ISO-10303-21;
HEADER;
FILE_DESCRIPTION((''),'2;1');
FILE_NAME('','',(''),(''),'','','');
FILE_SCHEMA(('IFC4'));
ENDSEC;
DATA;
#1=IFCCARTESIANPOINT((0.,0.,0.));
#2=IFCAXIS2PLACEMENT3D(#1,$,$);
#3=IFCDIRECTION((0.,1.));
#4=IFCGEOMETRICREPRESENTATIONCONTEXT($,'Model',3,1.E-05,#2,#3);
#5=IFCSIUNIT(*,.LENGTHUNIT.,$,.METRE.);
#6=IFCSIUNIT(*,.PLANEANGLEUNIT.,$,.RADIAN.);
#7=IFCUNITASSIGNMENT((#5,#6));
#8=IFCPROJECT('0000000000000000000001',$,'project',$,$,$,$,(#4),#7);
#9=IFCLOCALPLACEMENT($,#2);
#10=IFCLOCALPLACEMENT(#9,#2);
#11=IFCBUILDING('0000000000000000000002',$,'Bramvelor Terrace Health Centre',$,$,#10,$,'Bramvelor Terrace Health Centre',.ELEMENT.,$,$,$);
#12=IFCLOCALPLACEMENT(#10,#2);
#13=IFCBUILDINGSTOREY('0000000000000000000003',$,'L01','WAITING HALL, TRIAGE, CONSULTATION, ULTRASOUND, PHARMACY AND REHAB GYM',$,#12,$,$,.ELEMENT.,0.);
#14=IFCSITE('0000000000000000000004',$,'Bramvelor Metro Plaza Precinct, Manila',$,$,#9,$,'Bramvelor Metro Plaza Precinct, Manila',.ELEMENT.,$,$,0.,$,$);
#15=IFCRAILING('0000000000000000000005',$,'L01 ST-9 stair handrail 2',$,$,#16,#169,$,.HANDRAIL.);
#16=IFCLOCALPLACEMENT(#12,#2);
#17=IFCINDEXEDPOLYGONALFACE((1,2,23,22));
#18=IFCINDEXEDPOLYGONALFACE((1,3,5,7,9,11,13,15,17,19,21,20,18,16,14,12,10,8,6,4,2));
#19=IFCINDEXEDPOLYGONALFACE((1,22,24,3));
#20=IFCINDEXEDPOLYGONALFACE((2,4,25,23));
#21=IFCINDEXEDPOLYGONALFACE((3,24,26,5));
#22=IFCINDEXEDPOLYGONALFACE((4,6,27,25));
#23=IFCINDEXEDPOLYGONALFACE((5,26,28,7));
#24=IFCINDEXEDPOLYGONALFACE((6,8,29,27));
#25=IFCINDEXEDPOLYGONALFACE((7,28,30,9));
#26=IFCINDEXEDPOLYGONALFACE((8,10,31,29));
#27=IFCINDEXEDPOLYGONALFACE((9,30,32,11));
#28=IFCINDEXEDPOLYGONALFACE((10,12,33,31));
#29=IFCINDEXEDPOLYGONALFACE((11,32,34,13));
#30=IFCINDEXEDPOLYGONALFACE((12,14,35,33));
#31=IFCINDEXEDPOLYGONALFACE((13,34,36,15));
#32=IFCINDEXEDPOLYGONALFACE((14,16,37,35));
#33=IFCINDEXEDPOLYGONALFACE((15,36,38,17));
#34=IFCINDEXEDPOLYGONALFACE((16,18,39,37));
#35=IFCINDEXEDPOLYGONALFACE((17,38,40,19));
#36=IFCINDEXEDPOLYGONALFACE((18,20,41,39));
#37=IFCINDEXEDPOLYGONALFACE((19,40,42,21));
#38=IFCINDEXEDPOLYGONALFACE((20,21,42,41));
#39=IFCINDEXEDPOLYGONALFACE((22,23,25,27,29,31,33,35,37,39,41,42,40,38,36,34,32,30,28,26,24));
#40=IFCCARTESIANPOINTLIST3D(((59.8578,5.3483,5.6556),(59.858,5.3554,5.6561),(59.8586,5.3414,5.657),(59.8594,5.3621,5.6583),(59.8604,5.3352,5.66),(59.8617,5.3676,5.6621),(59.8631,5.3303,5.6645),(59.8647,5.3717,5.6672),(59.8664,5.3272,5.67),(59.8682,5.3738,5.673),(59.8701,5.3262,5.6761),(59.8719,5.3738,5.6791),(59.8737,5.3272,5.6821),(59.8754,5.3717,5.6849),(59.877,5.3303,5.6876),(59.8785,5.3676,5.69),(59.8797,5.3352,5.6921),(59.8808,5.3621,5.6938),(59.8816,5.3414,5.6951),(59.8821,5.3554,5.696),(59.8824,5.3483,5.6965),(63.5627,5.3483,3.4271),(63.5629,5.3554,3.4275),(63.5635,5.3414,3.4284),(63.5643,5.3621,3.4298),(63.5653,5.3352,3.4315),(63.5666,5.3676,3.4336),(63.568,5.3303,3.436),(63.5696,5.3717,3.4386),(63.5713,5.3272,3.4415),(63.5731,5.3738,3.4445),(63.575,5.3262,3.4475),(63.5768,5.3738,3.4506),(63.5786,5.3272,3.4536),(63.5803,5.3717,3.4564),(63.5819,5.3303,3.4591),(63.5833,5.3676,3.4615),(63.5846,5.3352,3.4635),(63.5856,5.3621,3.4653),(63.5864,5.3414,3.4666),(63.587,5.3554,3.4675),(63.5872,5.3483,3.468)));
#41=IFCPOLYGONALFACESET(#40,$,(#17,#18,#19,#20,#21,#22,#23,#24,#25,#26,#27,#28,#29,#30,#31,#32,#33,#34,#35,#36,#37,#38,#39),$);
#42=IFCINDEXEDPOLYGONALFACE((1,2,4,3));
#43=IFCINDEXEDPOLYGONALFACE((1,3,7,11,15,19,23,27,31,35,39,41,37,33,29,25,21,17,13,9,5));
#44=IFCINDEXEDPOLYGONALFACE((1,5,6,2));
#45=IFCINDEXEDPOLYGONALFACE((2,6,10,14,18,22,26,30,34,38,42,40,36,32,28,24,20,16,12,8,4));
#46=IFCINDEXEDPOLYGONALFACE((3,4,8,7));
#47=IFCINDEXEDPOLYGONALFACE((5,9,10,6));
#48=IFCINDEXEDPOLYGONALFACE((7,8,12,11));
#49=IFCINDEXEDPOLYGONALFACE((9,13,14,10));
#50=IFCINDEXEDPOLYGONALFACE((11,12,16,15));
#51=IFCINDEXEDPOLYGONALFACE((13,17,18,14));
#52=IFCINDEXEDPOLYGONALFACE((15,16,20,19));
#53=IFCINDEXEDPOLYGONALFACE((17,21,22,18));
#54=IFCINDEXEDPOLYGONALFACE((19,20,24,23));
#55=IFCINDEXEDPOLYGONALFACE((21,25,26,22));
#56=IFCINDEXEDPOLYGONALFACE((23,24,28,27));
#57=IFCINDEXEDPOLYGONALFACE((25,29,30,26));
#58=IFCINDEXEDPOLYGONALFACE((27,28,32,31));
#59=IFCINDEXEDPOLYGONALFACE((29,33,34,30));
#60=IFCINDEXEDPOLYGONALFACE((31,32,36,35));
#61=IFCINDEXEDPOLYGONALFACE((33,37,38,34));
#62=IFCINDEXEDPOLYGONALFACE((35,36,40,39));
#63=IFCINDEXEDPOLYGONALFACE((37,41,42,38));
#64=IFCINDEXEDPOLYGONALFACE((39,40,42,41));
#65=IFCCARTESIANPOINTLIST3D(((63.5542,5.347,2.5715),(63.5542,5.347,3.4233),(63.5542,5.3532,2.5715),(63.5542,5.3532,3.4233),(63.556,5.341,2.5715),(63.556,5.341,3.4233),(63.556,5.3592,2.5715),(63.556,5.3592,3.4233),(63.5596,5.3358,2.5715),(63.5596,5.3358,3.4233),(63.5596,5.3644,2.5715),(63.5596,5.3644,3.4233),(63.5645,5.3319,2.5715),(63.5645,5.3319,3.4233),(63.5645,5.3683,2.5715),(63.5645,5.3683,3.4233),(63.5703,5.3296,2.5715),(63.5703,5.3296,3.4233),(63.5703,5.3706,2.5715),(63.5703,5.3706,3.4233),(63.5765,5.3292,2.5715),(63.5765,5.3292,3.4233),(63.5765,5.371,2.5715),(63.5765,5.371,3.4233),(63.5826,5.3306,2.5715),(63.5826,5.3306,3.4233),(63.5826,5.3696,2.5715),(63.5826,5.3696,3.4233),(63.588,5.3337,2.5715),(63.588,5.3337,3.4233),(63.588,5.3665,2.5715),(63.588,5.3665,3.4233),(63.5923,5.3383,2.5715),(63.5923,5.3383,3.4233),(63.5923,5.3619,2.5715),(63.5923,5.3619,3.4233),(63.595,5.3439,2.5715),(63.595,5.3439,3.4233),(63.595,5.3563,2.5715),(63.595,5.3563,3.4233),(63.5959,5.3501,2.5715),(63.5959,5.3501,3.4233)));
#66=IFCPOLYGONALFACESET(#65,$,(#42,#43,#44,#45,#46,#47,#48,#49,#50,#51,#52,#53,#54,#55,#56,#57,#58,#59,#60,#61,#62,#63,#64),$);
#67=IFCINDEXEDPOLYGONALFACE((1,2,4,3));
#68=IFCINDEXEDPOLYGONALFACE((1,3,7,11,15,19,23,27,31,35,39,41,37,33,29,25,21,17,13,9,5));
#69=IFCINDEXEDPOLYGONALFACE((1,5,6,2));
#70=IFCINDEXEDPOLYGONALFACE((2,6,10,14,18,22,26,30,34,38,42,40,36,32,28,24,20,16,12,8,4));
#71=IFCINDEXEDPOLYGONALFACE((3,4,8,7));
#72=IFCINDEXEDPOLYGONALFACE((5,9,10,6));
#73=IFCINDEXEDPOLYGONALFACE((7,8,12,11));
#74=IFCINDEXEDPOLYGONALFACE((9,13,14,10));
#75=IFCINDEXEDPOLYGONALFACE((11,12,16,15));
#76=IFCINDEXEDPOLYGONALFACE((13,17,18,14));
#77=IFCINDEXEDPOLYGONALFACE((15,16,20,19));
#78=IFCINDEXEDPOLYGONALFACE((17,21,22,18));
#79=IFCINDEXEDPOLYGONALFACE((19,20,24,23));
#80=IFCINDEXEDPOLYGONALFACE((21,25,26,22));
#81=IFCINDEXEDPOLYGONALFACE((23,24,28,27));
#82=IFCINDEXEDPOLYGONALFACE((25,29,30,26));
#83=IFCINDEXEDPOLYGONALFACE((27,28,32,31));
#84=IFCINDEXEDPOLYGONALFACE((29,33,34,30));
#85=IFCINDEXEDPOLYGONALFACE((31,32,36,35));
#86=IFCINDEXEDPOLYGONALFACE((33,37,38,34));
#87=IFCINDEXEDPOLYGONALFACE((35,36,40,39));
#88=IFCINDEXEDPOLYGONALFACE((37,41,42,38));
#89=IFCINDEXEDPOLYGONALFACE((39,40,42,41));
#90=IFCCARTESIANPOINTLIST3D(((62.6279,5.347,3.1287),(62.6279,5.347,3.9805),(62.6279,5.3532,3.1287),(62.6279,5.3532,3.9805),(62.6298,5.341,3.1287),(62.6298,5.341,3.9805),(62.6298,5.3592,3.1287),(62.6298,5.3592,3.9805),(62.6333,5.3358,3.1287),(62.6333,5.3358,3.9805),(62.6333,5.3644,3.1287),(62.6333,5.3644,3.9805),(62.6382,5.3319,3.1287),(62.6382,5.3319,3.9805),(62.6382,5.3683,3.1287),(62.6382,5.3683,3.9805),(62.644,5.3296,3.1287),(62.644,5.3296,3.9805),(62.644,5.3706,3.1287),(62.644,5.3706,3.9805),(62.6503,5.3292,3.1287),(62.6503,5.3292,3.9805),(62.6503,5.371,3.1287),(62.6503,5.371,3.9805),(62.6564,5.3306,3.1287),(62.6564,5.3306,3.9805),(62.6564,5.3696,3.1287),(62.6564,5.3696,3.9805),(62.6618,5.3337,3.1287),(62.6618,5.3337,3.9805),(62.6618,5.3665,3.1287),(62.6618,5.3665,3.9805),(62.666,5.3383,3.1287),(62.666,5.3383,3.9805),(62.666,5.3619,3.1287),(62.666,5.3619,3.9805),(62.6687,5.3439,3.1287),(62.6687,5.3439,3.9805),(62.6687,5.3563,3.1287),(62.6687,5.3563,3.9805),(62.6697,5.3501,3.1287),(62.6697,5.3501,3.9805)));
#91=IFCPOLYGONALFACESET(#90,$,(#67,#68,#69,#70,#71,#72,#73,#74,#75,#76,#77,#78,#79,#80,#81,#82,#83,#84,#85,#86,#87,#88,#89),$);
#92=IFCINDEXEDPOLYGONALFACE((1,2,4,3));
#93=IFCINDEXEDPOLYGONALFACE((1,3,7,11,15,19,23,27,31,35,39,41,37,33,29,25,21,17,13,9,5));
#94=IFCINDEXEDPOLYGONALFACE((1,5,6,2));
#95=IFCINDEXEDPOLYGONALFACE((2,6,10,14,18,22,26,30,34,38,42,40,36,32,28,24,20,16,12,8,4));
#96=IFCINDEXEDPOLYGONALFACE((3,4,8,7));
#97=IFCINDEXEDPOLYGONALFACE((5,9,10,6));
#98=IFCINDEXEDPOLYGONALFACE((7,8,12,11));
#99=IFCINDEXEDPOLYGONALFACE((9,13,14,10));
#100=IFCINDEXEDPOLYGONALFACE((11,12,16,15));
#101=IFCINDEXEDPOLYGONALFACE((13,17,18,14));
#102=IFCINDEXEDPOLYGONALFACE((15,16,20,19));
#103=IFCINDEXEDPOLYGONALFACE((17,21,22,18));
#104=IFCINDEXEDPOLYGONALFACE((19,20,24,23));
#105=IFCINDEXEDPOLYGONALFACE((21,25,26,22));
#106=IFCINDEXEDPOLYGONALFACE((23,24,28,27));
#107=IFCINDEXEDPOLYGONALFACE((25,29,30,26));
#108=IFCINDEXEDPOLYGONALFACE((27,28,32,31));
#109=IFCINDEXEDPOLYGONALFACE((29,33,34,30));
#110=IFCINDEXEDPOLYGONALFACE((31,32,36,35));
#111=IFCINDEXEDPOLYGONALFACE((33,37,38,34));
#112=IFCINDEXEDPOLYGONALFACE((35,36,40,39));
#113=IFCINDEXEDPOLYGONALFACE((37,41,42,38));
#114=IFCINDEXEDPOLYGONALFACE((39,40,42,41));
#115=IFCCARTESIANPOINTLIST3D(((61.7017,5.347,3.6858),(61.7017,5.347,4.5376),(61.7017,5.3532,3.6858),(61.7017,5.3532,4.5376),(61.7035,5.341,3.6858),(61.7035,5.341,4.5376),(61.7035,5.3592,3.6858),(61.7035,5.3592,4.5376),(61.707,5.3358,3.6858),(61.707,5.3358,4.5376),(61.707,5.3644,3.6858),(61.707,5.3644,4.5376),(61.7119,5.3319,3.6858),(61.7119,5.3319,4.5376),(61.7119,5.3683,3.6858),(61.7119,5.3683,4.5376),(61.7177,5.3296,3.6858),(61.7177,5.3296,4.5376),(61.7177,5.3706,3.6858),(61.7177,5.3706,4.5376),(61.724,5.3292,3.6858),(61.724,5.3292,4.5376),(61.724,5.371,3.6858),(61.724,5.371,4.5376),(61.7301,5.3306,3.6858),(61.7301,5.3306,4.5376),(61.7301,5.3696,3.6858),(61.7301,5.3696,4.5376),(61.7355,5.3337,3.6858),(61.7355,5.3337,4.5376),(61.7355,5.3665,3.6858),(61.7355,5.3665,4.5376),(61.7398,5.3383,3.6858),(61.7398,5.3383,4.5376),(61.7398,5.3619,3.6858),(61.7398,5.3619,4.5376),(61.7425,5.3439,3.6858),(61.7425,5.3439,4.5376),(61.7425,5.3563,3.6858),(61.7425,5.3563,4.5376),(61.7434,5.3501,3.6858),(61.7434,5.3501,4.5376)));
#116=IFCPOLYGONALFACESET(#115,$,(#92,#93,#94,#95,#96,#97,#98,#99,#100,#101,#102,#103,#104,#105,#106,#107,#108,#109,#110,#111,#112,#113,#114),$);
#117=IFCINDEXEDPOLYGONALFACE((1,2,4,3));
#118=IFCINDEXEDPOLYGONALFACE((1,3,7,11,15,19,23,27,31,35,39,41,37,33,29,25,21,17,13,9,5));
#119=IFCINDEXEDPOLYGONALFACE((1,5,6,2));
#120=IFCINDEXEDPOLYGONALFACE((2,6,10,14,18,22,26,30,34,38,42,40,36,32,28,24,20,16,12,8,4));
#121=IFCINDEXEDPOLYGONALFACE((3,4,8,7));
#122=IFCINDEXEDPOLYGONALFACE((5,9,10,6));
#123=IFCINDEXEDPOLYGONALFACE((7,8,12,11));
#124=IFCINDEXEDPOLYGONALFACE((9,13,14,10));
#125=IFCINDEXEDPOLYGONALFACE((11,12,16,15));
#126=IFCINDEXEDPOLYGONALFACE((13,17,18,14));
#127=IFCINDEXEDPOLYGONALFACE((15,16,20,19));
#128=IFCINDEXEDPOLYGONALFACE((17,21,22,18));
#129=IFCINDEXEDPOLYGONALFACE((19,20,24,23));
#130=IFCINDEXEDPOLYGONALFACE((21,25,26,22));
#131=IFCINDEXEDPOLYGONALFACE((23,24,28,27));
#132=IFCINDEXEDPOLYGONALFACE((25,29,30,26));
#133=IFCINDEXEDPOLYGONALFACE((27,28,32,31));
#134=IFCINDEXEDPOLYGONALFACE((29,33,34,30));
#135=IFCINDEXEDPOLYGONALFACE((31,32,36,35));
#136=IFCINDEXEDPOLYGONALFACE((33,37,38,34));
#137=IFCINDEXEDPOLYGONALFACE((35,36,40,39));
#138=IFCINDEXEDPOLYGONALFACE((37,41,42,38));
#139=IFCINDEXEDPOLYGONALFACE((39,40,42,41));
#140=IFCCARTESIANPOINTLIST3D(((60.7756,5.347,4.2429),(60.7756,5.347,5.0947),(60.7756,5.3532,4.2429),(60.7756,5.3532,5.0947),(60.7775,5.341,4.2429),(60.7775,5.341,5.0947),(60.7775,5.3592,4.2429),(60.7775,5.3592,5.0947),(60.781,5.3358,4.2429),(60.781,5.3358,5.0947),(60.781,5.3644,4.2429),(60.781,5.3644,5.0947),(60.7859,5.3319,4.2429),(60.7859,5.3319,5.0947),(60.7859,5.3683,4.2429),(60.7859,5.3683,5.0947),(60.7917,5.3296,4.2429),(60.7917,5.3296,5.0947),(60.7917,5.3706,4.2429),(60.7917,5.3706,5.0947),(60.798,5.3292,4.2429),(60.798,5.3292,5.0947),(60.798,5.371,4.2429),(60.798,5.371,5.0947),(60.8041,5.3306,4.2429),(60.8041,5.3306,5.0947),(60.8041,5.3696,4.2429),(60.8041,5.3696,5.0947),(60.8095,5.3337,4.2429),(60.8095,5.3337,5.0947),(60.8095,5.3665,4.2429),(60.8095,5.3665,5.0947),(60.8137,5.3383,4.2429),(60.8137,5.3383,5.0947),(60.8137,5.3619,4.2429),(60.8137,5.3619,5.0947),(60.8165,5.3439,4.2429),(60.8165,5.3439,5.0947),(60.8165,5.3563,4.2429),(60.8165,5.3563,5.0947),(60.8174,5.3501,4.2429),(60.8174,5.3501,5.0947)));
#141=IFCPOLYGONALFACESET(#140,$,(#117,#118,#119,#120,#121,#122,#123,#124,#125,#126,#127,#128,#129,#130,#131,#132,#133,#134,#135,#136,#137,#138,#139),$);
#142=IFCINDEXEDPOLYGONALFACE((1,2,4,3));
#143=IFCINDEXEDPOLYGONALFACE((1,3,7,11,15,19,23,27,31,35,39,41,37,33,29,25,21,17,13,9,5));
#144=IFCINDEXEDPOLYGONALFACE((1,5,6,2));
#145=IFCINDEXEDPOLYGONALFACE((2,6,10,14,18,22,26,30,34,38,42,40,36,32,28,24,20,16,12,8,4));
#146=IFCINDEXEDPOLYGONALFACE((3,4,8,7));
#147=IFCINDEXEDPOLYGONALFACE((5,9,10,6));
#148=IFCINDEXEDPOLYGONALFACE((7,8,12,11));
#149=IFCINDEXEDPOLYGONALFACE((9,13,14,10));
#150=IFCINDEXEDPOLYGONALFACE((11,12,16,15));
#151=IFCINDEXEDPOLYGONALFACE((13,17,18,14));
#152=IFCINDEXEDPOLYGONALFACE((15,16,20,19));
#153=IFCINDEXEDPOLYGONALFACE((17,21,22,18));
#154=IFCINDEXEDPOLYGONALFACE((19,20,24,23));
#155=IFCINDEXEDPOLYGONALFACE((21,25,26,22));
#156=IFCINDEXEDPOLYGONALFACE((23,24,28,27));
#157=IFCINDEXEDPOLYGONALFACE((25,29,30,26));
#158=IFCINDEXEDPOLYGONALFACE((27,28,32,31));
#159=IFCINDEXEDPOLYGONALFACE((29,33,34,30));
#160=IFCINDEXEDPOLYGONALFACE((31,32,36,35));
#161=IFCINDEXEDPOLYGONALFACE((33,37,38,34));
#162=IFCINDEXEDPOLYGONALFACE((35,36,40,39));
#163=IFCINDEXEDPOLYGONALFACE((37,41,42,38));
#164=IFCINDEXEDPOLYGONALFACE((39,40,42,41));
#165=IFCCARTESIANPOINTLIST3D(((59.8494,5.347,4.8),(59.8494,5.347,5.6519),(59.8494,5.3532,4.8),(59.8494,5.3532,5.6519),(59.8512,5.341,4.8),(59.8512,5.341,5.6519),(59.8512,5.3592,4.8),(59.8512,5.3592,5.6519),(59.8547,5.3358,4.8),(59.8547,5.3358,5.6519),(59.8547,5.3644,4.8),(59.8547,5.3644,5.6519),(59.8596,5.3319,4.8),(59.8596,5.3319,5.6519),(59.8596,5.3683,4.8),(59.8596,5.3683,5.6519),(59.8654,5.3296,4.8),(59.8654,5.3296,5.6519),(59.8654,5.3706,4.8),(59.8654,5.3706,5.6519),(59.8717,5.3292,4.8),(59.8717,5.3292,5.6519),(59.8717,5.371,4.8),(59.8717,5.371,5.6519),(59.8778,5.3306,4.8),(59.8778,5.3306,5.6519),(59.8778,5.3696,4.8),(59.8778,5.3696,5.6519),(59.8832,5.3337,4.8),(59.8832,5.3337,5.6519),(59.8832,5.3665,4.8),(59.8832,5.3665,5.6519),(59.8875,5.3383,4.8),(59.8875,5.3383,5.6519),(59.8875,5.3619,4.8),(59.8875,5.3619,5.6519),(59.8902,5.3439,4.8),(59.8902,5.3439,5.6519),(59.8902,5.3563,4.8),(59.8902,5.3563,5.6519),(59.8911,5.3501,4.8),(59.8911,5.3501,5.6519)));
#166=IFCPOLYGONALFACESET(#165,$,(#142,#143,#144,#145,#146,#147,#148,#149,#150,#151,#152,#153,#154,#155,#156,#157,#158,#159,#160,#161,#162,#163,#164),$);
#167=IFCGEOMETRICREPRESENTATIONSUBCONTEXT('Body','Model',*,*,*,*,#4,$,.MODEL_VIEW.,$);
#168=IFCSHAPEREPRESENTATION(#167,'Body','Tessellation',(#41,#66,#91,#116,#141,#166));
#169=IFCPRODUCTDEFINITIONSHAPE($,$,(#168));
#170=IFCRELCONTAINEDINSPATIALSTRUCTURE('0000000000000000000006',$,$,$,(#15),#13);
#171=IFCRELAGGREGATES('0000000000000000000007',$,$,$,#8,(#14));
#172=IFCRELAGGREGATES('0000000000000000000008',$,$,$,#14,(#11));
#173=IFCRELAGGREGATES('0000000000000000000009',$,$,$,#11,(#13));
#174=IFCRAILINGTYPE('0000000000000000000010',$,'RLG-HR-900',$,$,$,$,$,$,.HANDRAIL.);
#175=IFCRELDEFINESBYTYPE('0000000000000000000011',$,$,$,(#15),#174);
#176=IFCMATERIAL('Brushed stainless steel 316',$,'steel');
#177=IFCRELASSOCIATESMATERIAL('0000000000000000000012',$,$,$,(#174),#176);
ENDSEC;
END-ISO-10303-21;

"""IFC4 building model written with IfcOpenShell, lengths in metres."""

from ifc_helpers import new_model, si_unit, direction, frame, origin, origin_2d, place, context, subcontext, project, spatial, circle, extrude, material, type_object, element, save


model = new_model("IFC4")

# Units and contexts
model_context = context("Model", 3, precision=1e-05, world=origin(), true_north=direction((0.0, 1.0)))
body_context = subcontext(model_context, "Body", "Model", "MODEL_VIEW")
ifc_project = project(units=[si_unit("LENGTHUNIT", "METRE"), si_unit("PLANEANGLEUNIT", "RADIAN")], contexts=[model_context])

# Site, building, storey
site_placement = place(None, origin())
site = spatial("IfcSite", under=ifc_project, at=site_placement, Name="Bramvelor Metro Plaza Precinct, Manila", LongName="Bramvelor Metro Plaza Precinct, Manila", CompositionType="ELEMENT", RefElevation=0.0)
building_placement = place(site_placement, origin())
building = spatial("IfcBuilding", under=site, at=building_placement, Name="Bramvelor Terrace Health Centre", LongName="Bramvelor Terrace Health Centre", CompositionType="ELEMENT")
storey_placement = place(building_placement, origin())
storey = spatial("IfcBuildingStorey", under=building, at=storey_placement, Name="L01", Description="WAITING HALL, TRIAGE, CONSULTATION, ULTRASOUND, PHARMACY AND REHAB GYM", CompositionType="ELEMENT", Elevation=0.0)

# Railing
ifc_material_1 = material(Name="Brushed stainless steel 316", Category="steel")
railing_type_1 = type_object("IfcRailingType", Name="RLG-HR-900", PredefinedType="HANDRAIL", material=ifc_material_1)
railing_1_placement = place(storey_placement, frame((63.575, 5.3501, 2.5715)))
element("IfcRailing", 1, at=railing_1_placement, inside=storey, type_object=railing_type_1, Name="L01 ST-9 stair handrail 2", PredefinedType="HANDRAIL", context=body_context, shape_type="SweptSolid", body=[
    extrude(circle(Radius=0.0239, at=origin_2d()), frame((0.0, 0.0, 0.876), z_axis=(-0.856919, 0.0, 0.51545), x_axis=(0.0, -1.0, 0.0)), (0.0, 0.0, 1.0), 4.3235),
    extrude(circle(Radius=0.021, at=origin_2d()), origin(), (0.0, 0.0, 1.0), 0.8518),
    extrude(circle(Radius=0.021, at=origin_2d()), frame((-0.9263, 0.0, 0.5571)), (0.0, 0.0, 1.0), 0.8518),
    extrude(circle(Radius=0.021, at=origin_2d()), frame((-1.8525, 0.0, 1.1143)), (0.0, 0.0, 1.0), 0.8518),
    extrude(circle(Radius=0.021, at=origin_2d()), frame((-2.7786, 0.0, 1.6714)), (0.0, 0.0, 1.0), 0.8518),
    extrude(circle(Radius=0.021, at=origin_2d()), frame((-3.7048, 0.0, 2.2285)), (0.0, 0.0, 1.0), 0.8518),
])

save(model, "model.ifc")
